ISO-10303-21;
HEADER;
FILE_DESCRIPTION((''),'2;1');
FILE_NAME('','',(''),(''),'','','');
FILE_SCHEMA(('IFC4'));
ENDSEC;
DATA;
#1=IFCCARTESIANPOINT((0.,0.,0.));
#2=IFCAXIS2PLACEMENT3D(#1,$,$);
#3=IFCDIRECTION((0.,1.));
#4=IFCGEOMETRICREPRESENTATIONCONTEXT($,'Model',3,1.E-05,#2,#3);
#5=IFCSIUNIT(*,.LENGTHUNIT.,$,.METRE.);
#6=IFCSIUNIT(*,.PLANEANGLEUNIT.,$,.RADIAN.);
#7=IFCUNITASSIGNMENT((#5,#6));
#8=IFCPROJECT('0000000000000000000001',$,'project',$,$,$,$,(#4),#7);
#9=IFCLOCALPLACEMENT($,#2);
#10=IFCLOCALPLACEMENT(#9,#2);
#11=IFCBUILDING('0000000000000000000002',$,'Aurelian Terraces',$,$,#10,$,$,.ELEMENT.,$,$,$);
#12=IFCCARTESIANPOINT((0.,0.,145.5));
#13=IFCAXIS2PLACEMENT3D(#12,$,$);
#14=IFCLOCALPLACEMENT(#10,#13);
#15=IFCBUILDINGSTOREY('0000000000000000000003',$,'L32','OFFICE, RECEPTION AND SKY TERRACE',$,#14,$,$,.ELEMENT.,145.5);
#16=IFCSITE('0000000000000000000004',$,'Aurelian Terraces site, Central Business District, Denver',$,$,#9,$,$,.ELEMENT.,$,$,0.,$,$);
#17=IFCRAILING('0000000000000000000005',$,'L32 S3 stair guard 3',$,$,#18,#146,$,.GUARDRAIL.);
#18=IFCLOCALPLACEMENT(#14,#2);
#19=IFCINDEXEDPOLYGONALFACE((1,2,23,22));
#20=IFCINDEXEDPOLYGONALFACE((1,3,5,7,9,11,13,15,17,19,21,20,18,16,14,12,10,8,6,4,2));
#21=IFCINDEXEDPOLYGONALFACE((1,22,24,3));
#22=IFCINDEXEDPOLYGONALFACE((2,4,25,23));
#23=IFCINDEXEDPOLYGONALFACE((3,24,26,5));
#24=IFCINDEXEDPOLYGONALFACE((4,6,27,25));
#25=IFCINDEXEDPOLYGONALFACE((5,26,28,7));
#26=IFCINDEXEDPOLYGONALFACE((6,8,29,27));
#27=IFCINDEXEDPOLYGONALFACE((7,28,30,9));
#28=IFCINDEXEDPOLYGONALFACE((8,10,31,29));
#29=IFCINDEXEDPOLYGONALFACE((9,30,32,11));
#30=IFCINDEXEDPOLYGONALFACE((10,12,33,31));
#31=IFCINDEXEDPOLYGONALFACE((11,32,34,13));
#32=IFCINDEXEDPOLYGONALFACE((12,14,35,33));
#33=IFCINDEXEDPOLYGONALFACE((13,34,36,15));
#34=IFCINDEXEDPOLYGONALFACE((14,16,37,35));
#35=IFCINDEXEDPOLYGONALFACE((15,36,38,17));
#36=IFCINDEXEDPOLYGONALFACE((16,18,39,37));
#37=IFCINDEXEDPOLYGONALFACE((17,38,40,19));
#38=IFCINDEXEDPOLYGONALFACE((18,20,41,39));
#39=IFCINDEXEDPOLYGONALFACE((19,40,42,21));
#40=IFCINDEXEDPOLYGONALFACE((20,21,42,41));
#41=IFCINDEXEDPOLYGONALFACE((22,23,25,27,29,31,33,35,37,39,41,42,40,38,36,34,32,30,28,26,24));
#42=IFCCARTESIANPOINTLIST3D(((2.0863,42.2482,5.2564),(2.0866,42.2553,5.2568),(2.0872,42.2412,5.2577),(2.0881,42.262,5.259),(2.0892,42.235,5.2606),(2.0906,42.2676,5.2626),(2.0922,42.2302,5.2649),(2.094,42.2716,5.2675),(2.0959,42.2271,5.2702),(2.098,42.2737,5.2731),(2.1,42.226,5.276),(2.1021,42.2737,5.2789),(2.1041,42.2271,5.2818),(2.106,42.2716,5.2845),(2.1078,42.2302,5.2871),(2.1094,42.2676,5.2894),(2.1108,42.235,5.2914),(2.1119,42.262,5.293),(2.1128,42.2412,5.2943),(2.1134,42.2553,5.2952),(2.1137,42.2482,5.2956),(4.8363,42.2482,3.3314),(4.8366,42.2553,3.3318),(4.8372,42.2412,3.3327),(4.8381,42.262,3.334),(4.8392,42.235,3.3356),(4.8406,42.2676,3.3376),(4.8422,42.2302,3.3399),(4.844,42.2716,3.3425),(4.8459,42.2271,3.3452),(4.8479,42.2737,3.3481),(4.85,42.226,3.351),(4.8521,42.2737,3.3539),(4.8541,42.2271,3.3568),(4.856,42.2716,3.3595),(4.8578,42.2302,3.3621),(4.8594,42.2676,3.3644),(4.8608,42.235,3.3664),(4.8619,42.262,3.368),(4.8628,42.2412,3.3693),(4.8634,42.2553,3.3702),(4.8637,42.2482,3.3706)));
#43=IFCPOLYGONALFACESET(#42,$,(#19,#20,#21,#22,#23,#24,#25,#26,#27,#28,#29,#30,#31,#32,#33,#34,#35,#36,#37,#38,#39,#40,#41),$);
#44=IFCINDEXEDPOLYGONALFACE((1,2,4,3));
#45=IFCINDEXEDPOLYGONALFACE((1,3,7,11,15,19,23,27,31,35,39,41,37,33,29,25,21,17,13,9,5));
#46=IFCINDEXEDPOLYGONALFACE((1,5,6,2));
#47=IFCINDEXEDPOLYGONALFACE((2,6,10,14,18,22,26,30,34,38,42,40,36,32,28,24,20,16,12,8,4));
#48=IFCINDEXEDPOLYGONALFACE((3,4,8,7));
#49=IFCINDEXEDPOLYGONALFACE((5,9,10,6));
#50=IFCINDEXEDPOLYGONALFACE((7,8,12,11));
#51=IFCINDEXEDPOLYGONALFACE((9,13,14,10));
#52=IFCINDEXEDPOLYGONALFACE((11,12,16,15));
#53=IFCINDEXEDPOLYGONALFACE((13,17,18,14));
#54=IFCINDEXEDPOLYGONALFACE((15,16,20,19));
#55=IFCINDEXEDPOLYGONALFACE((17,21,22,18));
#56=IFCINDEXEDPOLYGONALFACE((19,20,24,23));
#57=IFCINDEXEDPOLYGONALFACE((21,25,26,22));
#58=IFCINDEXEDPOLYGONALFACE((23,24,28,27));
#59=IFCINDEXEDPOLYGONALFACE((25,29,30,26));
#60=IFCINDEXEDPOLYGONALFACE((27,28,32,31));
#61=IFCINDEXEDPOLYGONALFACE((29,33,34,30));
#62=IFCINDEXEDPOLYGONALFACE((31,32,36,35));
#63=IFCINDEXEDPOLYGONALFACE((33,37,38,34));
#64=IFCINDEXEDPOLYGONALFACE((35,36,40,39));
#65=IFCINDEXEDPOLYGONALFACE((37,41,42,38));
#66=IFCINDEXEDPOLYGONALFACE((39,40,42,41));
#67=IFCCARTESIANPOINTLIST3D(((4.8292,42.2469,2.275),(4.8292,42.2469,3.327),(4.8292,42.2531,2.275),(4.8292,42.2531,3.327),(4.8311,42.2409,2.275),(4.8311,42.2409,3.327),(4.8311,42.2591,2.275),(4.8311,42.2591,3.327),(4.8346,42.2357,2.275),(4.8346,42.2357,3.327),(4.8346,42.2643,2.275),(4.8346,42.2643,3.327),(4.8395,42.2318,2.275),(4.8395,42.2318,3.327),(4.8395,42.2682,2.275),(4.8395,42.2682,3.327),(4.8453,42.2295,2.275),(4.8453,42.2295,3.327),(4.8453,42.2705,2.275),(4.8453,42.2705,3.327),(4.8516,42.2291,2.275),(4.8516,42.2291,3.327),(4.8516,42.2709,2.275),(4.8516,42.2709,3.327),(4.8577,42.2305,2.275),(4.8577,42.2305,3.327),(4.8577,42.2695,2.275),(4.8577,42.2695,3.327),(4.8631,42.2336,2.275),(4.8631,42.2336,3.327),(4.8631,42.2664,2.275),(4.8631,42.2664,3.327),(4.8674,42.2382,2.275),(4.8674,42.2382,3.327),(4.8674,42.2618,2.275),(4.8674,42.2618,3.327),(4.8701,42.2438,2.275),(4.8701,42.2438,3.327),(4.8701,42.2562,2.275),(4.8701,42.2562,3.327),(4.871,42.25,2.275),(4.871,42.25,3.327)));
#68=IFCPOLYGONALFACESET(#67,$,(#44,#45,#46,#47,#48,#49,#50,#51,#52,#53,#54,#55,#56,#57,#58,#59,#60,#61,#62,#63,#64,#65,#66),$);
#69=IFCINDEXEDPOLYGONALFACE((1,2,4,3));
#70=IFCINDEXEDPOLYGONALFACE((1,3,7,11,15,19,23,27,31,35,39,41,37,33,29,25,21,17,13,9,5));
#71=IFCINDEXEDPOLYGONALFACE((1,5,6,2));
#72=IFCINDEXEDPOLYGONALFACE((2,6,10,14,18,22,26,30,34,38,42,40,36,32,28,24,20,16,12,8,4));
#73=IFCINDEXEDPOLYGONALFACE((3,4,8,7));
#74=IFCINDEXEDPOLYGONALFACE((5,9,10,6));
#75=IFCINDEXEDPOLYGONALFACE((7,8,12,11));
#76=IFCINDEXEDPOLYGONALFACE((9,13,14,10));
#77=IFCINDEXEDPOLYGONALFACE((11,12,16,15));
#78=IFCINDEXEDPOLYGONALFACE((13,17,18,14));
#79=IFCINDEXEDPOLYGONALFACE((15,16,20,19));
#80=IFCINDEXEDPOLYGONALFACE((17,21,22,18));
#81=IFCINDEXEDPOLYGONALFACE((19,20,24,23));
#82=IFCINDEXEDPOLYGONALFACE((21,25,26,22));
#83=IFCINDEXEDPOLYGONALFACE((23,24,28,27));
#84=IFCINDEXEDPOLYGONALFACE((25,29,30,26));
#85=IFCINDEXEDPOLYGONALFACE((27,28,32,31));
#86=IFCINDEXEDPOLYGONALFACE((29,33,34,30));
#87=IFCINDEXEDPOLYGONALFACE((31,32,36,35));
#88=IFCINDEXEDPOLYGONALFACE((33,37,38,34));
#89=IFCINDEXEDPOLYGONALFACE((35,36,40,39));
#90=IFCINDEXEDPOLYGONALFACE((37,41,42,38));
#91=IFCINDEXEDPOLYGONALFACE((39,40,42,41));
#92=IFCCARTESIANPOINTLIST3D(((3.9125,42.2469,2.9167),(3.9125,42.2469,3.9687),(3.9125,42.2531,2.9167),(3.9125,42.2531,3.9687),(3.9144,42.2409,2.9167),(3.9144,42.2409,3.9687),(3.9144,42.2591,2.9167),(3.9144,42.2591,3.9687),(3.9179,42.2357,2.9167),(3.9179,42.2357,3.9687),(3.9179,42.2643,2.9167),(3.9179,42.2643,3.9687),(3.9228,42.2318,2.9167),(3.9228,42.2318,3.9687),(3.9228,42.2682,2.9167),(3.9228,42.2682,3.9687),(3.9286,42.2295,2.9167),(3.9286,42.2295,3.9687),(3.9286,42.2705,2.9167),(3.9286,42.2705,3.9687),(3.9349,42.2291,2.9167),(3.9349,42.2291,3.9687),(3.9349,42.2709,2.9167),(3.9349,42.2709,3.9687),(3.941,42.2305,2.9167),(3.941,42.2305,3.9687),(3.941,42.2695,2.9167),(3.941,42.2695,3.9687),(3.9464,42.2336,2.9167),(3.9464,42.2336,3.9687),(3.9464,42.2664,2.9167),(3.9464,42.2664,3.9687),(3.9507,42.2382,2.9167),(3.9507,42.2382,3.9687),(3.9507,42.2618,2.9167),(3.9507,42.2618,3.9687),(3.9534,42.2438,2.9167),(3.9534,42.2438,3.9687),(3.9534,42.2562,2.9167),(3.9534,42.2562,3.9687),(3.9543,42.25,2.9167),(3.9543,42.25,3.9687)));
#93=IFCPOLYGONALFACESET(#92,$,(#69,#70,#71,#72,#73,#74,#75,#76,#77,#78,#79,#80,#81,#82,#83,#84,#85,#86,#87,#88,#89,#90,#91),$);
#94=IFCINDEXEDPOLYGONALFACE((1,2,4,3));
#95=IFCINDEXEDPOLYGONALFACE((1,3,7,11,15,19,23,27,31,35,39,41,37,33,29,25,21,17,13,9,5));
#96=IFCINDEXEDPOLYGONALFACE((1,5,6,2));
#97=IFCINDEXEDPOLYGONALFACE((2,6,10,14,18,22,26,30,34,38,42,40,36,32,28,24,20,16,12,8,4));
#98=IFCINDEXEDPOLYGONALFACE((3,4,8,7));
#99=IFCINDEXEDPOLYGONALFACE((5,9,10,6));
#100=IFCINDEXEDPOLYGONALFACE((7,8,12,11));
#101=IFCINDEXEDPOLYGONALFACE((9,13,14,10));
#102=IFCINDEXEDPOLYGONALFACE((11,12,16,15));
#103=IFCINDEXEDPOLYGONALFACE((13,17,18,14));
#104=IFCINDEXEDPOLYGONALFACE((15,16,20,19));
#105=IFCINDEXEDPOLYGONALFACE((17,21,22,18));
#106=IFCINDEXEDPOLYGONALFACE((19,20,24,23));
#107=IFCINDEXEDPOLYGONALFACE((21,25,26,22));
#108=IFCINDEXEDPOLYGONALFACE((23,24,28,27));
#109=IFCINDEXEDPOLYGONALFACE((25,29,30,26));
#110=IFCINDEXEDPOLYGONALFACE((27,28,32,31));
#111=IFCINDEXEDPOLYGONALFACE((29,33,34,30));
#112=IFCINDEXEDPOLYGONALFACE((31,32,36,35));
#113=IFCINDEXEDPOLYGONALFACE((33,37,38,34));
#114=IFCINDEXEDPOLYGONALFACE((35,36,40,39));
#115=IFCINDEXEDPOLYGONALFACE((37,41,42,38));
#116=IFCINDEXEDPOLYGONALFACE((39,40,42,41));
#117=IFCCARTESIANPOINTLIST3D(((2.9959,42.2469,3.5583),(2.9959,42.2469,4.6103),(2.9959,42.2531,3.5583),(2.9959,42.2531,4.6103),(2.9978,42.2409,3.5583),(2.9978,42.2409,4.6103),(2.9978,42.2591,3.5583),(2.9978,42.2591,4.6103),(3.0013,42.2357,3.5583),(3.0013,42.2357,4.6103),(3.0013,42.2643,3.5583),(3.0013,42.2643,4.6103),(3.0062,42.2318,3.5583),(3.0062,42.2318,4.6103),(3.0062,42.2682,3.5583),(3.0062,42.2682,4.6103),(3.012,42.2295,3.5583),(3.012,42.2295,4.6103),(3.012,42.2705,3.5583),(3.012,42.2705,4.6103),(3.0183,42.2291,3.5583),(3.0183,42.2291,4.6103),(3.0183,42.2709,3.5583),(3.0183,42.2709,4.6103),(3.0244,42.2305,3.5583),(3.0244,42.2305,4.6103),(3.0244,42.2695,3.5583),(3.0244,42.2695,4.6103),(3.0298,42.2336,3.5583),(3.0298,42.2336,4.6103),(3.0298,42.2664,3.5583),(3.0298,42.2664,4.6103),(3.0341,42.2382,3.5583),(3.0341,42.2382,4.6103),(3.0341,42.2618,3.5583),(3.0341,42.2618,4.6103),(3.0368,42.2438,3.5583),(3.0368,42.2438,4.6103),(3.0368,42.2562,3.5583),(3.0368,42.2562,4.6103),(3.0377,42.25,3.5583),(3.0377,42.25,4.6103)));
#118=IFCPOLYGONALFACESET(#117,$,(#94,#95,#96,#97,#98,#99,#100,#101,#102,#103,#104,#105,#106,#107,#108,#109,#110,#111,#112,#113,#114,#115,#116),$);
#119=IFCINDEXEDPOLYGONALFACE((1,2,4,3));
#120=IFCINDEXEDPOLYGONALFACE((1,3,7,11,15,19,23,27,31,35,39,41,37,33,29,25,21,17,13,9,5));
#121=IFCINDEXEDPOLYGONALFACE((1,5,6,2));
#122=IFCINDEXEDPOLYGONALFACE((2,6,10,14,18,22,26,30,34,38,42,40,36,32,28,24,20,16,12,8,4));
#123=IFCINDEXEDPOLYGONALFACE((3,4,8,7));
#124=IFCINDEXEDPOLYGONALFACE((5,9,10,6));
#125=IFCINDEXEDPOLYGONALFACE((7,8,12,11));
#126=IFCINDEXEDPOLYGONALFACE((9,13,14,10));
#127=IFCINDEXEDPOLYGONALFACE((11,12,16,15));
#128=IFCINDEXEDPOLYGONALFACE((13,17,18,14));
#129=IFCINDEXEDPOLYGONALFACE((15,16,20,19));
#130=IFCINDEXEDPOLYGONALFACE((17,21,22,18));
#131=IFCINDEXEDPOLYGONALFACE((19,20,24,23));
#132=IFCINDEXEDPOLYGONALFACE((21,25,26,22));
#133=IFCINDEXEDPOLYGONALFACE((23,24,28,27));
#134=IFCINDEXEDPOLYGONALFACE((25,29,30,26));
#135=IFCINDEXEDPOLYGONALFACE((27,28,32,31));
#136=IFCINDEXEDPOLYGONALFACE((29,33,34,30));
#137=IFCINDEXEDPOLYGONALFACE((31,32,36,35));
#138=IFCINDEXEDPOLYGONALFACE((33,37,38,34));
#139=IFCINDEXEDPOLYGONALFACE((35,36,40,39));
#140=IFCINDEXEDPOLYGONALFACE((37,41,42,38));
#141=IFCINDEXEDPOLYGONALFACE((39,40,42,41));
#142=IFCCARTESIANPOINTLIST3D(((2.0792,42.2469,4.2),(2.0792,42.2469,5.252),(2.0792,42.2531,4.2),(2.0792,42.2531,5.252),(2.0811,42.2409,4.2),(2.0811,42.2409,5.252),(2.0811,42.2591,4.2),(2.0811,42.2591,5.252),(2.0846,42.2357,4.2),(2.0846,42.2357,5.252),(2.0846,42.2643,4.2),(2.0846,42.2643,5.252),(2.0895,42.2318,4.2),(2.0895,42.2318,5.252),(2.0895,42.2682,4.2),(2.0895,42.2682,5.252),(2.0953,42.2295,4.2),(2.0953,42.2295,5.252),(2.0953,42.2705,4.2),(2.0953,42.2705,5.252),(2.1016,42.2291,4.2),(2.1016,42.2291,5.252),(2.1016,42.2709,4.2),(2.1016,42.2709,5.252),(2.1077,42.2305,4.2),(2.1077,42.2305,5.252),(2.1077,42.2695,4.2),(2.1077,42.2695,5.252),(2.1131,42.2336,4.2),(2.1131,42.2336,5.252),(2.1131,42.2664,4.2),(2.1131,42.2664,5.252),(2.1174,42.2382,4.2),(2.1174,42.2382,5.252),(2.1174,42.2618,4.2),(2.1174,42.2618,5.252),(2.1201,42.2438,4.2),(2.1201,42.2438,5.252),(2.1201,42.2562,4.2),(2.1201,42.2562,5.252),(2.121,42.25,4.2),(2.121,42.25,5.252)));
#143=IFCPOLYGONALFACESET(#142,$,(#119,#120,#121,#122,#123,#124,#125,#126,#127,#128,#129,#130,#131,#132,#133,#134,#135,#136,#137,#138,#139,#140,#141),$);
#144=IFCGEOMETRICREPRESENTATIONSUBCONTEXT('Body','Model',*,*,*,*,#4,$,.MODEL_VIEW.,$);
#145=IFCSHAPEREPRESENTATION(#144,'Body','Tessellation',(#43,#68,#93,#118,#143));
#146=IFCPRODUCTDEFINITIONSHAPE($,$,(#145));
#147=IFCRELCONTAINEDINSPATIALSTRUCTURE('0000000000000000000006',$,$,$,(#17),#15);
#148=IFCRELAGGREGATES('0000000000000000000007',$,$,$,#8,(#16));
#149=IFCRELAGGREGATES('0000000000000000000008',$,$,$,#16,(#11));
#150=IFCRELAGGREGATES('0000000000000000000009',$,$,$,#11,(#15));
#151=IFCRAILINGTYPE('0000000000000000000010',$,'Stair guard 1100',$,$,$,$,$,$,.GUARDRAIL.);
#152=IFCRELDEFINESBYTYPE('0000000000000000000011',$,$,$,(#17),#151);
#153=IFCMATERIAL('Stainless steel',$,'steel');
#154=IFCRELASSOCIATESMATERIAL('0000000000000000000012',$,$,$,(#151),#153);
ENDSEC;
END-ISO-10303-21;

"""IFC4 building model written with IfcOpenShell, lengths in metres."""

from ifc_helpers import new_model, si_unit, direction, frame, origin, origin_2d, place, context, subcontext, project, spatial, circle, extrude, source, transform, mapped, material, type_object, element, save


model = new_model("IFC4")

# Units and contexts
model_context = context("Model", 3, precision=1e-05, world=origin(), true_north=direction((0.0, 1.0)))
body_context = subcontext(model_context, "Body", "Model", "MODEL_VIEW")
ifc_project = project(units=[si_unit("LENGTHUNIT", "METRE"), si_unit("PLANEANGLEUNIT", "RADIAN")], contexts=[model_context])

# Site, building, storey
site_placement = place(None, origin())
site = spatial("IfcSite", under=ifc_project, at=site_placement, Name="Aurelian Terraces site, Central Business District, Denver", CompositionType="ELEMENT", RefElevation=0.0)
building_placement = place(site_placement, origin())
building = spatial("IfcBuilding", under=site, at=building_placement, Name="Aurelian Terraces", CompositionType="ELEMENT")
storey_placement = place(building_placement, frame((0.0, 0.0, 145.5)))
storey = spatial("IfcBuildingStorey", under=building, at=storey_placement, Name="L32", Description="OFFICE, RECEPTION AND SKY TERRACE", CompositionType="ELEMENT", Elevation=145.5)

# Railing
ifc_material_1 = material(Name="Stainless steel", Category="steel")
railing_type_1 = type_object("IfcRailingType", Name="Stair guard 1100", PredefinedType="GUARDRAIL", material=ifc_material_1)
shared_shape_1 = source(origin(), body_context, "Body", "SweptSolid", [
    extrude(circle(Radius=0.024, at=origin_2d()), frame((0.0, 0.0, 1.076), z_axis=(-0.819232, 0.0, 0.573462), x_axis=(0.0, -1.0, 0.0)), (0.0, 0.0, 1.0), 3.3568),
    extrude(circle(Radius=0.021, at=origin_2d()), origin(), (0.0, 0.0, 1.0), 1.052),
    extrude(circle(Radius=0.021, at=origin_2d()), frame((-0.9167, 0.0, 0.6417)), (0.0, 0.0, 1.0), 1.052),
    extrude(circle(Radius=0.021, at=origin_2d()), frame((-1.8333, 0.0, 1.2833)), (0.0, 0.0, 1.0), 1.052),
    extrude(circle(Radius=0.021, at=origin_2d()), frame((-2.75, 0.0, 1.925)), (0.0, 0.0, 1.0), 1.052),
])
railing_1_placement = place(storey_placement, frame((4.85, 42.25, 2.275)))
element("IfcRailing", 1, at=railing_1_placement, inside=storey, type_object=railing_type_1, Name="L32 S3 stair guard 3", PredefinedType="GUARDRAIL", context=body_context, shape_type="MappedRepresentation", body=[
    mapped(shared_shape_1, transform((0.0, 0.0, 0.0), scale=1.0)),
])

save(model, "model.ifc")
